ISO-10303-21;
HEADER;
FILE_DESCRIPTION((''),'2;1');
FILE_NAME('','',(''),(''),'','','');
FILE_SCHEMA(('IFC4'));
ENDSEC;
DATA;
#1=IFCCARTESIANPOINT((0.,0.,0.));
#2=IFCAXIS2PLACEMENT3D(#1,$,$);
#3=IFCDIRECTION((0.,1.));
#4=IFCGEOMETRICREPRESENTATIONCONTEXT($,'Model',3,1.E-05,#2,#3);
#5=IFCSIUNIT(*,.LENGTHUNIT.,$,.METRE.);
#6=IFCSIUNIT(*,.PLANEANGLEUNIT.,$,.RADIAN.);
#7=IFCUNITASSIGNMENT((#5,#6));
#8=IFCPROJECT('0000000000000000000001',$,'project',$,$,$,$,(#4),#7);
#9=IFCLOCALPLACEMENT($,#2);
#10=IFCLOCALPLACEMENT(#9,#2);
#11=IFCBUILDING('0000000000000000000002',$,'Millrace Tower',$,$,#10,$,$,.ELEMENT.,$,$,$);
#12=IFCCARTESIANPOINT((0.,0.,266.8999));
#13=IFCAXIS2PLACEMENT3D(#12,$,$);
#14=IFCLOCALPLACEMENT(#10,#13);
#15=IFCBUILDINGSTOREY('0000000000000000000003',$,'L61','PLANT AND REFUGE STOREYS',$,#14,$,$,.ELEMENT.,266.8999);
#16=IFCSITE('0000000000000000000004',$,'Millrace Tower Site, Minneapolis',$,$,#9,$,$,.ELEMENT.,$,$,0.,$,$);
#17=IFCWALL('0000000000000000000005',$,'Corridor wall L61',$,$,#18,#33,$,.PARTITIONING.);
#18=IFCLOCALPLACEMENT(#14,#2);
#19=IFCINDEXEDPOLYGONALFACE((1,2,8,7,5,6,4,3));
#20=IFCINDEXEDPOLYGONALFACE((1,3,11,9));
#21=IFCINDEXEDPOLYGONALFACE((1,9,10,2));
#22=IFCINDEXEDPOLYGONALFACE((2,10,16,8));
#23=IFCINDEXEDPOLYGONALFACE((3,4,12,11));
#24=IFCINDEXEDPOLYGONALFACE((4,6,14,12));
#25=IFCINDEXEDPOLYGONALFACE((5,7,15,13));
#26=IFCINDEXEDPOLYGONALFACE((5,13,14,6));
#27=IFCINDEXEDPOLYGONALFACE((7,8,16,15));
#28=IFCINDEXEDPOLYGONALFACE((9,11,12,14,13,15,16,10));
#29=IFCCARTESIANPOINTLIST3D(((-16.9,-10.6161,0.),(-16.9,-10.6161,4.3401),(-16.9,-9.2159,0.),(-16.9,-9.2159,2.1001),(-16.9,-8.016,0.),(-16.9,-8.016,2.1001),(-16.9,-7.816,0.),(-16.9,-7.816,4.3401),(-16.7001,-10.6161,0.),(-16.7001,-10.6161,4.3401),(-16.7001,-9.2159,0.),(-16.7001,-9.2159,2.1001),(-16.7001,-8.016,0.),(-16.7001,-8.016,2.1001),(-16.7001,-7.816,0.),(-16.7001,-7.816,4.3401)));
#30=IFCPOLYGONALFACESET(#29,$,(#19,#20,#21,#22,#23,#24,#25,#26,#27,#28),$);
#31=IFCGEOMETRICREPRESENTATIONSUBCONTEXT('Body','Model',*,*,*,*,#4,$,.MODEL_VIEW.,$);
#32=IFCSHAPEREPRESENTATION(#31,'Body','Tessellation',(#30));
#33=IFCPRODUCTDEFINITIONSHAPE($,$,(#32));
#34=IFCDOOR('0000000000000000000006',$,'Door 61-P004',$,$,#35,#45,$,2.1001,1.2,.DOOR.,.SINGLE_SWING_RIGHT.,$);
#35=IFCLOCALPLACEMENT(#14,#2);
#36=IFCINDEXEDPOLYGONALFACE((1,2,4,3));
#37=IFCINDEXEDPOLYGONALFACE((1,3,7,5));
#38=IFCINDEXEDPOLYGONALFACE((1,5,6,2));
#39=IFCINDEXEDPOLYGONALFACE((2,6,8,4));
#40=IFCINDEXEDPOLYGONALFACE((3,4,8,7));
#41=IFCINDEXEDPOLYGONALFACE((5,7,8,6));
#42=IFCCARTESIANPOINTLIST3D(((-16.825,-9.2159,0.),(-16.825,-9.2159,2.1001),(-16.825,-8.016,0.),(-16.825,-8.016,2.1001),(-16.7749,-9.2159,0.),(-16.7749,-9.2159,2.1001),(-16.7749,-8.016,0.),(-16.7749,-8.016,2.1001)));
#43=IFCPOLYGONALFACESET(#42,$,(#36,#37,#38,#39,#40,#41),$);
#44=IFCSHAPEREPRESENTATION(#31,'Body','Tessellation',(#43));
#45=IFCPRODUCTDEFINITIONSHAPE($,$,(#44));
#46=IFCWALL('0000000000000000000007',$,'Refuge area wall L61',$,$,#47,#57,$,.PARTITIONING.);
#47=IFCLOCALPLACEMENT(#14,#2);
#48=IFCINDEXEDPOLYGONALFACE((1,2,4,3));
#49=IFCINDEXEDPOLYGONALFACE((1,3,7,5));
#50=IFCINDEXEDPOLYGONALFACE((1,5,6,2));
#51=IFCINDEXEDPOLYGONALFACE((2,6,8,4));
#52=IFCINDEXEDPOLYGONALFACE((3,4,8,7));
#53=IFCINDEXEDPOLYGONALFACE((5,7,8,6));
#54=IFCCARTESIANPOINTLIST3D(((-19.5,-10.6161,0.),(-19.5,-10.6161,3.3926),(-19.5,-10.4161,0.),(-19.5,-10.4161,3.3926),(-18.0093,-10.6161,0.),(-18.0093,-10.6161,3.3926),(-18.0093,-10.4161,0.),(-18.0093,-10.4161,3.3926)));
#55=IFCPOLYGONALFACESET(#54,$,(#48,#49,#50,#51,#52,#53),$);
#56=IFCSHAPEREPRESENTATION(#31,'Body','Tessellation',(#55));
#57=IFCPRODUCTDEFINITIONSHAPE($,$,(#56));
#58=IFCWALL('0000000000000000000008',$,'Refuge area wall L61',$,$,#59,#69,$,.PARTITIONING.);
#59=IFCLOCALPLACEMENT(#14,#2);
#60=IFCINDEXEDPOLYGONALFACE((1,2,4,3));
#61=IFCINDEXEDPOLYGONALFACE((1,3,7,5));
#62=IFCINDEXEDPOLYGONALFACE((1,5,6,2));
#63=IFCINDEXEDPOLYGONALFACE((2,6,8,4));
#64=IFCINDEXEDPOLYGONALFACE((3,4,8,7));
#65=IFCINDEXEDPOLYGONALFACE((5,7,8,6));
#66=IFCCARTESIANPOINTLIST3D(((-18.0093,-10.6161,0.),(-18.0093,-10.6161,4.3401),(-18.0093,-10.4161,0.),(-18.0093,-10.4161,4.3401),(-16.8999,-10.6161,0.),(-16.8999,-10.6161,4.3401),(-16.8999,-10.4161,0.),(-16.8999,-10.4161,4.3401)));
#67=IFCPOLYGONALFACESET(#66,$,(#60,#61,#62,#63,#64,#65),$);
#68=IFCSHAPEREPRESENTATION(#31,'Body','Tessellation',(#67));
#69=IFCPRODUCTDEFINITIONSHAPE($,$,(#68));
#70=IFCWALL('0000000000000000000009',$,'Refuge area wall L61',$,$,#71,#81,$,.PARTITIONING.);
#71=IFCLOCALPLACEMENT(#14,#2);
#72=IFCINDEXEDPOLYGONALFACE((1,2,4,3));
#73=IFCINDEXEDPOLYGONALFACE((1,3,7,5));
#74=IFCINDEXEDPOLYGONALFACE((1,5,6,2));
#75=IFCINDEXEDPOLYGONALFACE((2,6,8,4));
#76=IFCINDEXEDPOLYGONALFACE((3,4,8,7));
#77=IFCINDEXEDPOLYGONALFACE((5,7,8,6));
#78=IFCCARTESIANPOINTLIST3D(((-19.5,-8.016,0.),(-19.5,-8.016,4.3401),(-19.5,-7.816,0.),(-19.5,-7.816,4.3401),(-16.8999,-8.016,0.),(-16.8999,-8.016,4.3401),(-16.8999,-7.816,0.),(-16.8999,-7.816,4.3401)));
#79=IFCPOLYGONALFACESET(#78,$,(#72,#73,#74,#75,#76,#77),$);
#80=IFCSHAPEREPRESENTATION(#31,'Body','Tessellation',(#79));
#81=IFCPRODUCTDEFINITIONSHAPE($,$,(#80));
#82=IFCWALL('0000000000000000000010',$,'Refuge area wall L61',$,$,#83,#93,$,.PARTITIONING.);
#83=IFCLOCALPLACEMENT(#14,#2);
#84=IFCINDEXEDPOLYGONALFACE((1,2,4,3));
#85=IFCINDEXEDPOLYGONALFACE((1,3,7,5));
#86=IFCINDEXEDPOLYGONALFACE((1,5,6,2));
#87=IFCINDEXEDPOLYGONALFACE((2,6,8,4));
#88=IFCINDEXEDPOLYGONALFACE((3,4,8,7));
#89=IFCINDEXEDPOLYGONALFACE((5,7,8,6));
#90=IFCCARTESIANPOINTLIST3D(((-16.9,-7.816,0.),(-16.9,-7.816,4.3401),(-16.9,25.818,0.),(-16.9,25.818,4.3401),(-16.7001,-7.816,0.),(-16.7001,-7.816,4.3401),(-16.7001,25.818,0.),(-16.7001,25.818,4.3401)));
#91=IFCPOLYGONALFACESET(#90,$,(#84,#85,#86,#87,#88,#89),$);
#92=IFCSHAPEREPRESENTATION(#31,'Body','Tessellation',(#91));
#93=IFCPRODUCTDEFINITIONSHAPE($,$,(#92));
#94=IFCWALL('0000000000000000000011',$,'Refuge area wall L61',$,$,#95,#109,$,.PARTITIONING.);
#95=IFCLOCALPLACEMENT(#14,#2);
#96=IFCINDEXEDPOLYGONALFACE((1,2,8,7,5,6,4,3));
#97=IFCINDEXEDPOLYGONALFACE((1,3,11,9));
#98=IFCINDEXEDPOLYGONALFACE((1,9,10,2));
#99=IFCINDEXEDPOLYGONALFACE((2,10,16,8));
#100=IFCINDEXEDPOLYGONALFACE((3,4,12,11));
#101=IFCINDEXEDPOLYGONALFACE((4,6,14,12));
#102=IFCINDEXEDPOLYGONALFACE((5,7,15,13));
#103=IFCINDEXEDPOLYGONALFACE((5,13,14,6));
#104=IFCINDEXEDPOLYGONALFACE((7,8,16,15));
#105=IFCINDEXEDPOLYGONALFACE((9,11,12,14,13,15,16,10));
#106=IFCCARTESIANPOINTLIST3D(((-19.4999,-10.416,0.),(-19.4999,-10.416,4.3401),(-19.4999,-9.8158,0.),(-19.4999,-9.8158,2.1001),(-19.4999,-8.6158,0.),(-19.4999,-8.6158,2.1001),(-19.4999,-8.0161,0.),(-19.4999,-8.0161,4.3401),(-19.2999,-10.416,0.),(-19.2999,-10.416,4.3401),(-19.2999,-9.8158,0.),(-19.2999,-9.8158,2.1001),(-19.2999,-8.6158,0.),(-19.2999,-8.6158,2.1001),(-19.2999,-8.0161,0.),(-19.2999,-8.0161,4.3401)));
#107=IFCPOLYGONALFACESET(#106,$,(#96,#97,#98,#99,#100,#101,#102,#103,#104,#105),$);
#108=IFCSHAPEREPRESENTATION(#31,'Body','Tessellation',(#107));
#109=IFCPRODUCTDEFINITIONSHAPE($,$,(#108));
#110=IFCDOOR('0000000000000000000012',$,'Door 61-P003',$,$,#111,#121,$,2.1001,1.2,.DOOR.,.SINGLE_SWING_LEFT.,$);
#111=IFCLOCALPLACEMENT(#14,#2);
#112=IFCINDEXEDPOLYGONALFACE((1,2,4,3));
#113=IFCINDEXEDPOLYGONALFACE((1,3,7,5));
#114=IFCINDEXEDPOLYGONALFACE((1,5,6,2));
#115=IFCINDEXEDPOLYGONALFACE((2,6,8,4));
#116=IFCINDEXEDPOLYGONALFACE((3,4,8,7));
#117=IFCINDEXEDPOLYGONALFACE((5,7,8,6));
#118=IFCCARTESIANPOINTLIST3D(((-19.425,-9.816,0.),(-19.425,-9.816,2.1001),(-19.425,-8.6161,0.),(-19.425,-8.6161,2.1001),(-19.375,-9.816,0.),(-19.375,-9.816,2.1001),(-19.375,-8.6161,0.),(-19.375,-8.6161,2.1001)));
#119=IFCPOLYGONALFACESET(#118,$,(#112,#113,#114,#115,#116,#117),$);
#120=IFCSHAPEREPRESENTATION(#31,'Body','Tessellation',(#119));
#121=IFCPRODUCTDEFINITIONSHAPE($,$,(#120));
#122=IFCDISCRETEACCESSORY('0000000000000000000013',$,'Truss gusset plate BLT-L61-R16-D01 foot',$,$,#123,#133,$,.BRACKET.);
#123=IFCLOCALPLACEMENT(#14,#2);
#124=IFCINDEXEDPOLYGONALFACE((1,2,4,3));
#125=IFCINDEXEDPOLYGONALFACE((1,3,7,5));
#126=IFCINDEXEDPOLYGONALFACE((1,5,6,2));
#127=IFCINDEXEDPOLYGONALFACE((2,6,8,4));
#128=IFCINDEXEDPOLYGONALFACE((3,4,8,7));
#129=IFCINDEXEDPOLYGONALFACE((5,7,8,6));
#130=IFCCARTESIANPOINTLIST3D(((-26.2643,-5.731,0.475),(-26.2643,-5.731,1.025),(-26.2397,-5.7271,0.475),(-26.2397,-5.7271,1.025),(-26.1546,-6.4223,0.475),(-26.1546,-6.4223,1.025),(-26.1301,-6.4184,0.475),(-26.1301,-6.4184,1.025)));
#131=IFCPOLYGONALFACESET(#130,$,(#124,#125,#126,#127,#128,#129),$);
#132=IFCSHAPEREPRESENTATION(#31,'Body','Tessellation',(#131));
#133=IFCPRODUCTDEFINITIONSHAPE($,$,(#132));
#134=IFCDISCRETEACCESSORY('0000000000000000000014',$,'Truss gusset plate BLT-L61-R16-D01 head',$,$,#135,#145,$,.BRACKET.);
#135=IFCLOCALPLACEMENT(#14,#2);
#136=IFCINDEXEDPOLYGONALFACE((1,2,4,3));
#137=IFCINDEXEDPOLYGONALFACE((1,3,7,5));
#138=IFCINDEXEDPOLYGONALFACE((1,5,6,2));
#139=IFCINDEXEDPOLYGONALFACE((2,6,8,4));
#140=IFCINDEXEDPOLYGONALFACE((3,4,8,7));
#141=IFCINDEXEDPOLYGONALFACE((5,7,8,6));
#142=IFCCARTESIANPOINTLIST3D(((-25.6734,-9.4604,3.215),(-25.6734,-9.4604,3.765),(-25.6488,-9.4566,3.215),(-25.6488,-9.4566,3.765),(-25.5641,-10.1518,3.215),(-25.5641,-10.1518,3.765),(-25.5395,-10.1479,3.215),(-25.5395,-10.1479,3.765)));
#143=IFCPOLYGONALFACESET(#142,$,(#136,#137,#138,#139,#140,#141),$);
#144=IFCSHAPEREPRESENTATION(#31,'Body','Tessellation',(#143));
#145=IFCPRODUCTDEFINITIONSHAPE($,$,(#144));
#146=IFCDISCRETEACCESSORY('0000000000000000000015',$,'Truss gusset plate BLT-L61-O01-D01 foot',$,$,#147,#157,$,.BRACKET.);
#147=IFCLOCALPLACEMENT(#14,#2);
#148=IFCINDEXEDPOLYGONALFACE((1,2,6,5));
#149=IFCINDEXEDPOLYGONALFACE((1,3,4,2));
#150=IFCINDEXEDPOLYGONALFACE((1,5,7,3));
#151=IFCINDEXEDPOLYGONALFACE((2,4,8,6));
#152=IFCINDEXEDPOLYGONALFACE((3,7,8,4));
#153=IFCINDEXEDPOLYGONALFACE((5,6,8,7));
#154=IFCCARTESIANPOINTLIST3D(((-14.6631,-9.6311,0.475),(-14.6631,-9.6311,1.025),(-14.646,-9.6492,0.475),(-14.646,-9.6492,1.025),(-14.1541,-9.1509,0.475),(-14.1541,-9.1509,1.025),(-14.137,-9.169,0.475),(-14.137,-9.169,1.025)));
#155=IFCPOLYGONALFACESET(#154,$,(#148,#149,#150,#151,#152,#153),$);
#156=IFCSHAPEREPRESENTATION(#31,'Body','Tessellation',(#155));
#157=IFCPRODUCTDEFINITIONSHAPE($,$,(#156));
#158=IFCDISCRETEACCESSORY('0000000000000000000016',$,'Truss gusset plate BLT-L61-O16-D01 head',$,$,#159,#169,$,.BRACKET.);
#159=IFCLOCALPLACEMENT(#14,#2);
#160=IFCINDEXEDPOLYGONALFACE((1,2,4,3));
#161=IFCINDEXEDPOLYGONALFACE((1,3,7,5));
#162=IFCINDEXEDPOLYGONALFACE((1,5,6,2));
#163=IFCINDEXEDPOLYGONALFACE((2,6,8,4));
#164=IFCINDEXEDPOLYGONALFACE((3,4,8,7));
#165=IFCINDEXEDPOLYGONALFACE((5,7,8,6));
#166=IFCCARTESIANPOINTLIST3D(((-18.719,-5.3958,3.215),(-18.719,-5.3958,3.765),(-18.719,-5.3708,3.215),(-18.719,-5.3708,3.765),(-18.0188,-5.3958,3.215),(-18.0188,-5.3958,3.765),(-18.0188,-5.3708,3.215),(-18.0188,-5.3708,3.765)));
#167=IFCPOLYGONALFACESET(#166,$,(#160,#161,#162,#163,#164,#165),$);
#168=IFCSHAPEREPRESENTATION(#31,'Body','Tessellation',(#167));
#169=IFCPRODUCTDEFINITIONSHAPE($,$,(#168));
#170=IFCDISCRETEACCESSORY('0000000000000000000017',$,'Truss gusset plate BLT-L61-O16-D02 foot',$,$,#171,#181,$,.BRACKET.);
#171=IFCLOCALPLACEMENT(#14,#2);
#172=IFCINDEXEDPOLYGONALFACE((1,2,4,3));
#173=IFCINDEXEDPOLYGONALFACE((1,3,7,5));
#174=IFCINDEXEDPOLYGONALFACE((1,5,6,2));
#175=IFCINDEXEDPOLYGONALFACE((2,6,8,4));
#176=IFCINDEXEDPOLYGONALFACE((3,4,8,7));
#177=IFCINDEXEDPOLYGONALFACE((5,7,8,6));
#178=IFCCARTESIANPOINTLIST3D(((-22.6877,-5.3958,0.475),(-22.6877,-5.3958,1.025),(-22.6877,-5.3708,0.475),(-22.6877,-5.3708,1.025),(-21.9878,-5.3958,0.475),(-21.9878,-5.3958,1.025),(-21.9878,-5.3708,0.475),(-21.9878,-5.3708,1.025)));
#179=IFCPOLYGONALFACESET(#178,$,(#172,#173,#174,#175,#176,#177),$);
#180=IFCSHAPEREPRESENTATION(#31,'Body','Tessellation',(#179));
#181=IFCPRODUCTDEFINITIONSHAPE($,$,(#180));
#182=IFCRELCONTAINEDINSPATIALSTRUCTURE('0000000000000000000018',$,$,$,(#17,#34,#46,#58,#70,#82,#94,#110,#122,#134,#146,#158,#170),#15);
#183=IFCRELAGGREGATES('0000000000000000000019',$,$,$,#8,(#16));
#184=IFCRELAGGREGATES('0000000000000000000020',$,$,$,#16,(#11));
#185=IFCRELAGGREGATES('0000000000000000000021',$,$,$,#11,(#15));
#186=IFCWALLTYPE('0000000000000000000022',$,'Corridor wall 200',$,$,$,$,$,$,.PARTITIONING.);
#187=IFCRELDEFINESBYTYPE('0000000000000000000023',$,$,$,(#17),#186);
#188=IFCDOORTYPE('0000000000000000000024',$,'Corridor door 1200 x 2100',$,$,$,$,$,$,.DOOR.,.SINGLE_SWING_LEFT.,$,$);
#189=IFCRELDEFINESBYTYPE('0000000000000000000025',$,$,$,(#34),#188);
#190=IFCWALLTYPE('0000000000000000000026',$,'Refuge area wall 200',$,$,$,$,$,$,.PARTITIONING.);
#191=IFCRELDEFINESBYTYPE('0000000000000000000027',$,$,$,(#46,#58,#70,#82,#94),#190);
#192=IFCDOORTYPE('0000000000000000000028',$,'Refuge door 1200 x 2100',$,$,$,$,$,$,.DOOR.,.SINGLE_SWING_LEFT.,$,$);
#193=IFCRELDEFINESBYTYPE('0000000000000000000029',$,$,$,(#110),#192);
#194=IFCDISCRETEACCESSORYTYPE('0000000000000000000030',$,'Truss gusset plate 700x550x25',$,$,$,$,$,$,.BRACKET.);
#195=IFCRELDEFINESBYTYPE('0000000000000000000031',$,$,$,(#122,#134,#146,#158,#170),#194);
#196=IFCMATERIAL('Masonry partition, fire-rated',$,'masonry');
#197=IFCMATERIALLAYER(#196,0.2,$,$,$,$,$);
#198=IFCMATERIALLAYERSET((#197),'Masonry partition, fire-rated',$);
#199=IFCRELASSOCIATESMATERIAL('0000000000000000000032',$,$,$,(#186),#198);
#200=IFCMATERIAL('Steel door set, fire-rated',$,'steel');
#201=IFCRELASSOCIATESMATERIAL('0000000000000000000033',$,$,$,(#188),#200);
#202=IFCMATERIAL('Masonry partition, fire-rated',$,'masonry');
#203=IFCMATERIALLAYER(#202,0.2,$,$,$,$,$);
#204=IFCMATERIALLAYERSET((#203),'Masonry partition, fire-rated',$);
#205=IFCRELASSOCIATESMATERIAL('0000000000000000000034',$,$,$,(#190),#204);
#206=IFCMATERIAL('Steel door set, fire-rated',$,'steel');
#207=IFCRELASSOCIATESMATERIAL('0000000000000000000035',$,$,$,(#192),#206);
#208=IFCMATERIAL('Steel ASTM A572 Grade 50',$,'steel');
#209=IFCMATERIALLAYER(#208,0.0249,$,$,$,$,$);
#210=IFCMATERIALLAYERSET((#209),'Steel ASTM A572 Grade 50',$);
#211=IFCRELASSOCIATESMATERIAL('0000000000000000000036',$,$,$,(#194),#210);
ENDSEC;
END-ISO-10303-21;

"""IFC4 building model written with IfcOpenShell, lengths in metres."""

from ifc_helpers import new_model, si_unit, direction, frame, frame_2d, origin, origin_2d, place, context, subcontext, project, spatial, rectangle, extrude, material, layer, layer_set, type_object, element, fill, save


model = new_model("IFC4")

# Units and contexts
model_context = context("Model", 3, precision=1e-05, world=origin(), true_north=direction((0.0, 1.0)))
body_context = subcontext(model_context, "Body", "Model", "MODEL_VIEW")
ifc_project = project(units=[si_unit("LENGTHUNIT", "METRE"), si_unit("PLANEANGLEUNIT", "RADIAN")], contexts=[model_context])

# Site, building, storey
site_placement = place(None, origin())
site = spatial("IfcSite", under=ifc_project, at=site_placement, Name="Millrace Tower Site, Minneapolis", CompositionType="ELEMENT", RefElevation=0.0)
building_placement = place(site_placement, origin())
building = spatial("IfcBuilding", under=site, at=building_placement, Name="Millrace Tower", CompositionType="ELEMENT")
storey_placement = place(building_placement, frame((0.0, 0.0, 266.8999)))
storey = spatial("IfcBuildingStorey", under=building, at=storey_placement, Name="L61", Description="PLANT AND REFUGE STOREYS", CompositionType="ELEMENT", Elevation=266.8999)

# Wall, opening, door
ifc_material_1 = material(Name="Masonry partition, fire-rated", Category="masonry")
ifc_layer_1 = layer(ifc_material_1, 0.2)
ifc_layer_set_1 = layer_set([ifc_layer_1], Name="Masonry partition, fire-rated")
wall_type_1 = type_object("IfcWallType", Name="Corridor wall 200", PredefinedType="PARTITIONING", material=ifc_layer_set_1)
wall_1_placement = place(storey_placement, frame((-16.8, -10.616, 0.0), z_axis=(0.0, 0.0, 1.0), x_axis=(0.0, 1.0, 0.0)))
wall_1 = element("IfcWall", 1, at=wall_1_placement, inside=storey, type_object=wall_type_1, Name="Corridor wall L61", PredefinedType="PARTITIONING", context=body_context, shape_type="SweptSolid", body=[
    extrude(rectangle(XDim=2.8, YDim=0.2, at=frame_2d((1.3999, 0.0))), origin(), (0.0, 0.0, 1.0), 4.3401),
])
opening_1_placement = place(wall_1_placement, frame((1.3999, 0.0, 0.0)))
opening_1 = element("IfcOpeningElement", 2, at=opening_1_placement, cuts=wall_1, PredefinedType="OPENING", context=body_context, shape_type="SweptSolid", body=[
    extrude(rectangle(XDim=1.2, YDim=2.1001, at=frame_2d((0.6001, 1.05))), frame((0.0, 0.1099, 0.0), z_axis=(0.0, -1.0, 0.0), x_axis=(1.0, 0.0, 0.0)), (0.0, 0.0, 1.0), 0.22),
])
ifc_material_2 = material(Name="Steel door set, fire-rated", Category="steel")
door_type_1 = type_object("IfcDoorType", Name="Corridor door 1200 x 2100", OperationType="SINGLE_SWING_LEFT", PredefinedType="DOOR", material=ifc_material_2)
door_1_placement = place(opening_1_placement, origin())
door_1 = element("IfcDoor", 3, at=door_1_placement, inside=storey, type_object=door_type_1, Name="Door 61-P004", OperationType="SINGLE_SWING_RIGHT", OverallHeight=2.1001, OverallWidth=1.2, PredefinedType="DOOR", context=body_context, shape_type="SweptSolid", body=[
    extrude(rectangle(XDim=1.2, YDim=2.1001, at=frame_2d((0.6001, 1.05))), frame((0.0, 0.0249, 0.0), z_axis=(0.0, -1.0, 0.0), x_axis=(1.0, 0.0, 0.0)), (0.0, 0.0, 1.0), 0.05),
])
fill(opening_1, door_1)

# Walls
ifc_material_3 = material(Name="Masonry partition, fire-rated", Category="masonry")
ifc_layer_2 = layer(ifc_material_3, 0.2)
ifc_layer_set_2 = layer_set([ifc_layer_2], Name="Masonry partition, fire-rated")
wall_type_2 = type_object("IfcWallType", Name="Refuge area wall 200", PredefinedType="PARTITIONING", material=ifc_layer_set_2)
wall_2_placement = place(storey_placement, frame((-19.5, -10.5161, 0.0), z_axis=(0.0, 0.0, 1.0), x_axis=(1.0, 0.0, 0.0)))
element("IfcWall", 4, at=wall_2_placement, inside=storey, type_object=wall_type_2, Name="Refuge area wall L61", PredefinedType="PARTITIONING", context=body_context, shape_type="SweptSolid", body=[
    extrude(rectangle(XDim=1.4907, YDim=0.2, at=frame_2d((0.7454, 0.0))), origin(), (0.0, 0.0, 1.0), 3.3926),
])
wall_3_placement = place(storey_placement, frame((-18.0093, -10.5161, 0.0), z_axis=(0.0, 0.0, 1.0), x_axis=(1.0, 0.0, 0.0)))
element("IfcWall", 5, at=wall_3_placement, inside=storey, type_object=wall_type_2, Name="Refuge area wall L61", PredefinedType="PARTITIONING", context=body_context, shape_type="SweptSolid", body=[
    extrude(rectangle(XDim=1.1094, YDim=0.2, at=frame_2d((0.5547, 0.0))), origin(), (0.0, 0.0, 1.0), 4.3401),
])
wall_4_placement = place(storey_placement, frame((-19.5, -7.916, 0.0), z_axis=(0.0, 0.0, 1.0), x_axis=(1.0, 0.0, 0.0)))
element("IfcWall", 6, at=wall_4_placement, inside=storey, type_object=wall_type_2, Name="Refuge area wall L61", PredefinedType="PARTITIONING", context=body_context, shape_type="SweptSolid", body=[
    extrude(rectangle(XDim=2.6001, YDim=0.2, at=frame_2d((1.3, 0.0))), origin(), (0.0, 0.0, 1.0), 4.3401),
])
wall_5_placement = place(storey_placement, frame((-16.8, -7.8159, 0.0), z_axis=(0.0, 0.0, 1.0), x_axis=(0.0, 1.0, 0.0)))
element("IfcWall", 7, at=wall_5_placement, inside=storey, type_object=wall_type_2, Name="Refuge area wall L61", PredefinedType="PARTITIONING", context=body_context, shape_type="SweptSolid", body=[
    extrude(rectangle(XDim=33.634, YDim=0.2, at=frame_2d((16.8169, 0.0))), origin(), (0.0, 0.0, 1.0), 4.3401),
])

# Wall, opening, door
wall_6_placement = place(storey_placement, frame((-19.3999, -10.416, 0.0), z_axis=(0.0, 0.0, 1.0), x_axis=(0.0, 1.0, 0.0)))
wall_6 = element("IfcWall", 8, at=wall_6_placement, inside=storey, type_object=wall_type_2, Name="Refuge area wall L61", PredefinedType="PARTITIONING", context=body_context, shape_type="SweptSolid", body=[
    extrude(rectangle(XDim=2.3999, YDim=0.2, at=frame_2d((1.2, 0.0))), origin(), (0.0, 0.0, 1.0), 4.3401),
])
opening_2_placement = place(wall_6_placement, frame((0.6001, 0.0, 0.0)))
opening_2 = element("IfcOpeningElement", 9, at=opening_2_placement, cuts=wall_6, PredefinedType="OPENING", context=body_context, shape_type="SweptSolid", body=[
    extrude(rectangle(XDim=1.2, YDim=2.1001, at=frame_2d((0.6001, 1.05))), frame((0.0, 0.1099, 0.0), z_axis=(0.0, -1.0, 0.0), x_axis=(1.0, 0.0, 0.0)), (0.0, 0.0, 1.0), 0.22),
])
ifc_material_4 = material(Name="Steel door set, fire-rated", Category="steel")
door_type_2 = type_object("IfcDoorType", Name="Refuge door 1200 x 2100", OperationType="SINGLE_SWING_LEFT", PredefinedType="DOOR", material=ifc_material_4)
door_2_placement = place(opening_2_placement, frame((1.2, 0.0, 0.0), z_axis=(0.0, 0.0, 1.0), x_axis=(-1.0, 0.0, 0.0)))
door_2 = element("IfcDoor", 10, at=door_2_placement, inside=storey, type_object=door_type_2, Name="Door 61-P003", OperationType="SINGLE_SWING_LEFT", OverallHeight=2.1001, OverallWidth=1.2, PredefinedType="DOOR", context=body_context, shape_type="SweptSolid", body=[
    extrude(rectangle(XDim=1.2, YDim=2.1001, at=frame_2d((0.6001, 1.05))), frame((0.0, 0.0249, 0.0), z_axis=(0.0, -1.0, 0.0), x_axis=(1.0, 0.0, 0.0)), (0.0, 0.0, 1.0), 0.05),
])
fill(opening_2, door_2)

# Discrete accessories
ifc_material_5 = material(Name="Steel ASTM A572 Grade 50", Category="steel")
ifc_layer_3 = layer(ifc_material_5, 0.0249)
ifc_layer_set_3 = layer_set([ifc_layer_3], Name="Steel ASTM A572 Grade 50")
discrete_accessory_type = type_object("IfcDiscreteAccessoryType", Name="Truss gusset plate 700x550x25", PredefinedType="BRACKET", material=ifc_layer_set_3)
for number, where, z_axis, x_axis, name in (
    (11, (-26.252, -5.729, 0.75), (0.156589, -0.987664, 0.0), (0.987664, 0.156589, 0.0), "Truss gusset plate BLT-L61-R16-D01 foot"),
    (12, (-25.6611, -9.4585, 3.49), (0.156249, -0.987718, 0.0), (0.987718, 0.156249, 0.0), "Truss gusset plate BLT-L61-R16-D01 head"),
):
    element("IfcDiscreteAccessory", number, at=place(storey_placement, frame(where, z_axis=z_axis, x_axis=x_axis)), inside=storey, type_object=discrete_accessory_type, Name=name, PredefinedType="BRACKET", context=body_context, shape_type="SweptSolid", body=[
        extrude(rectangle(XDim=0.0249, YDim=0.55, at=origin_2d()), origin(), (0.0, 0.0, 1.0), 0.7),
    ])
discrete_accessory_1_placement = place(storey_placement, frame((-14.6545, -9.6401, 0.75), z_axis=(0.72739, 0.686224, 0.0), x_axis=(-0.686224, 0.72739, 0.0)))
element("IfcDiscreteAccessory", 13, at=discrete_accessory_1_placement, inside=storey, type_object=discrete_accessory_type, Name="Truss gusset plate BLT-L61-O01-D01 foot", PredefinedType="BRACKET", context=body_context, shape_type="SweptSolid", body=[
    extrude(rectangle(XDim=0.0249, YDim=0.55, at=origin_2d()), origin(), (0.0, 0.0, 1.0), 0.6997),
])
discrete_accessory_2_placement = place(storey_placement, frame((-18.719, -5.3833, 3.49), z_axis=(1.0, 0.0, 0.0), x_axis=(0.0, 1.0, 0.0)))
element("IfcDiscreteAccessory", 14, at=discrete_accessory_2_placement, inside=storey, type_object=discrete_accessory_type, Name="Truss gusset plate BLT-L61-O16-D01 head", PredefinedType="BRACKET", context=body_context, shape_type="SweptSolid", body=[
    extrude(rectangle(XDim=0.0249, YDim=0.55, at=origin_2d()), origin(), (0.0, 0.0, 1.0), 0.7002),
])
discrete_accessory_3_placement = place(storey_placement, frame((-22.6877, -5.3833, 0.75), z_axis=(1.0, 0.0, 0.0), x_axis=(0.0, 1.0, 0.0)))
element("IfcDiscreteAccessory", 15, at=discrete_accessory_3_placement, inside=storey, type_object=discrete_accessory_type, Name="Truss gusset plate BLT-L61-O16-D02 foot", PredefinedType="BRACKET", context=body_context, shape_type="SweptSolid", body=[
    extrude(rectangle(XDim=0.0249, YDim=0.55, at=origin_2d()), origin(), (0.0, 0.0, 1.0), 0.7),
])

save(model, "model.ifc")
